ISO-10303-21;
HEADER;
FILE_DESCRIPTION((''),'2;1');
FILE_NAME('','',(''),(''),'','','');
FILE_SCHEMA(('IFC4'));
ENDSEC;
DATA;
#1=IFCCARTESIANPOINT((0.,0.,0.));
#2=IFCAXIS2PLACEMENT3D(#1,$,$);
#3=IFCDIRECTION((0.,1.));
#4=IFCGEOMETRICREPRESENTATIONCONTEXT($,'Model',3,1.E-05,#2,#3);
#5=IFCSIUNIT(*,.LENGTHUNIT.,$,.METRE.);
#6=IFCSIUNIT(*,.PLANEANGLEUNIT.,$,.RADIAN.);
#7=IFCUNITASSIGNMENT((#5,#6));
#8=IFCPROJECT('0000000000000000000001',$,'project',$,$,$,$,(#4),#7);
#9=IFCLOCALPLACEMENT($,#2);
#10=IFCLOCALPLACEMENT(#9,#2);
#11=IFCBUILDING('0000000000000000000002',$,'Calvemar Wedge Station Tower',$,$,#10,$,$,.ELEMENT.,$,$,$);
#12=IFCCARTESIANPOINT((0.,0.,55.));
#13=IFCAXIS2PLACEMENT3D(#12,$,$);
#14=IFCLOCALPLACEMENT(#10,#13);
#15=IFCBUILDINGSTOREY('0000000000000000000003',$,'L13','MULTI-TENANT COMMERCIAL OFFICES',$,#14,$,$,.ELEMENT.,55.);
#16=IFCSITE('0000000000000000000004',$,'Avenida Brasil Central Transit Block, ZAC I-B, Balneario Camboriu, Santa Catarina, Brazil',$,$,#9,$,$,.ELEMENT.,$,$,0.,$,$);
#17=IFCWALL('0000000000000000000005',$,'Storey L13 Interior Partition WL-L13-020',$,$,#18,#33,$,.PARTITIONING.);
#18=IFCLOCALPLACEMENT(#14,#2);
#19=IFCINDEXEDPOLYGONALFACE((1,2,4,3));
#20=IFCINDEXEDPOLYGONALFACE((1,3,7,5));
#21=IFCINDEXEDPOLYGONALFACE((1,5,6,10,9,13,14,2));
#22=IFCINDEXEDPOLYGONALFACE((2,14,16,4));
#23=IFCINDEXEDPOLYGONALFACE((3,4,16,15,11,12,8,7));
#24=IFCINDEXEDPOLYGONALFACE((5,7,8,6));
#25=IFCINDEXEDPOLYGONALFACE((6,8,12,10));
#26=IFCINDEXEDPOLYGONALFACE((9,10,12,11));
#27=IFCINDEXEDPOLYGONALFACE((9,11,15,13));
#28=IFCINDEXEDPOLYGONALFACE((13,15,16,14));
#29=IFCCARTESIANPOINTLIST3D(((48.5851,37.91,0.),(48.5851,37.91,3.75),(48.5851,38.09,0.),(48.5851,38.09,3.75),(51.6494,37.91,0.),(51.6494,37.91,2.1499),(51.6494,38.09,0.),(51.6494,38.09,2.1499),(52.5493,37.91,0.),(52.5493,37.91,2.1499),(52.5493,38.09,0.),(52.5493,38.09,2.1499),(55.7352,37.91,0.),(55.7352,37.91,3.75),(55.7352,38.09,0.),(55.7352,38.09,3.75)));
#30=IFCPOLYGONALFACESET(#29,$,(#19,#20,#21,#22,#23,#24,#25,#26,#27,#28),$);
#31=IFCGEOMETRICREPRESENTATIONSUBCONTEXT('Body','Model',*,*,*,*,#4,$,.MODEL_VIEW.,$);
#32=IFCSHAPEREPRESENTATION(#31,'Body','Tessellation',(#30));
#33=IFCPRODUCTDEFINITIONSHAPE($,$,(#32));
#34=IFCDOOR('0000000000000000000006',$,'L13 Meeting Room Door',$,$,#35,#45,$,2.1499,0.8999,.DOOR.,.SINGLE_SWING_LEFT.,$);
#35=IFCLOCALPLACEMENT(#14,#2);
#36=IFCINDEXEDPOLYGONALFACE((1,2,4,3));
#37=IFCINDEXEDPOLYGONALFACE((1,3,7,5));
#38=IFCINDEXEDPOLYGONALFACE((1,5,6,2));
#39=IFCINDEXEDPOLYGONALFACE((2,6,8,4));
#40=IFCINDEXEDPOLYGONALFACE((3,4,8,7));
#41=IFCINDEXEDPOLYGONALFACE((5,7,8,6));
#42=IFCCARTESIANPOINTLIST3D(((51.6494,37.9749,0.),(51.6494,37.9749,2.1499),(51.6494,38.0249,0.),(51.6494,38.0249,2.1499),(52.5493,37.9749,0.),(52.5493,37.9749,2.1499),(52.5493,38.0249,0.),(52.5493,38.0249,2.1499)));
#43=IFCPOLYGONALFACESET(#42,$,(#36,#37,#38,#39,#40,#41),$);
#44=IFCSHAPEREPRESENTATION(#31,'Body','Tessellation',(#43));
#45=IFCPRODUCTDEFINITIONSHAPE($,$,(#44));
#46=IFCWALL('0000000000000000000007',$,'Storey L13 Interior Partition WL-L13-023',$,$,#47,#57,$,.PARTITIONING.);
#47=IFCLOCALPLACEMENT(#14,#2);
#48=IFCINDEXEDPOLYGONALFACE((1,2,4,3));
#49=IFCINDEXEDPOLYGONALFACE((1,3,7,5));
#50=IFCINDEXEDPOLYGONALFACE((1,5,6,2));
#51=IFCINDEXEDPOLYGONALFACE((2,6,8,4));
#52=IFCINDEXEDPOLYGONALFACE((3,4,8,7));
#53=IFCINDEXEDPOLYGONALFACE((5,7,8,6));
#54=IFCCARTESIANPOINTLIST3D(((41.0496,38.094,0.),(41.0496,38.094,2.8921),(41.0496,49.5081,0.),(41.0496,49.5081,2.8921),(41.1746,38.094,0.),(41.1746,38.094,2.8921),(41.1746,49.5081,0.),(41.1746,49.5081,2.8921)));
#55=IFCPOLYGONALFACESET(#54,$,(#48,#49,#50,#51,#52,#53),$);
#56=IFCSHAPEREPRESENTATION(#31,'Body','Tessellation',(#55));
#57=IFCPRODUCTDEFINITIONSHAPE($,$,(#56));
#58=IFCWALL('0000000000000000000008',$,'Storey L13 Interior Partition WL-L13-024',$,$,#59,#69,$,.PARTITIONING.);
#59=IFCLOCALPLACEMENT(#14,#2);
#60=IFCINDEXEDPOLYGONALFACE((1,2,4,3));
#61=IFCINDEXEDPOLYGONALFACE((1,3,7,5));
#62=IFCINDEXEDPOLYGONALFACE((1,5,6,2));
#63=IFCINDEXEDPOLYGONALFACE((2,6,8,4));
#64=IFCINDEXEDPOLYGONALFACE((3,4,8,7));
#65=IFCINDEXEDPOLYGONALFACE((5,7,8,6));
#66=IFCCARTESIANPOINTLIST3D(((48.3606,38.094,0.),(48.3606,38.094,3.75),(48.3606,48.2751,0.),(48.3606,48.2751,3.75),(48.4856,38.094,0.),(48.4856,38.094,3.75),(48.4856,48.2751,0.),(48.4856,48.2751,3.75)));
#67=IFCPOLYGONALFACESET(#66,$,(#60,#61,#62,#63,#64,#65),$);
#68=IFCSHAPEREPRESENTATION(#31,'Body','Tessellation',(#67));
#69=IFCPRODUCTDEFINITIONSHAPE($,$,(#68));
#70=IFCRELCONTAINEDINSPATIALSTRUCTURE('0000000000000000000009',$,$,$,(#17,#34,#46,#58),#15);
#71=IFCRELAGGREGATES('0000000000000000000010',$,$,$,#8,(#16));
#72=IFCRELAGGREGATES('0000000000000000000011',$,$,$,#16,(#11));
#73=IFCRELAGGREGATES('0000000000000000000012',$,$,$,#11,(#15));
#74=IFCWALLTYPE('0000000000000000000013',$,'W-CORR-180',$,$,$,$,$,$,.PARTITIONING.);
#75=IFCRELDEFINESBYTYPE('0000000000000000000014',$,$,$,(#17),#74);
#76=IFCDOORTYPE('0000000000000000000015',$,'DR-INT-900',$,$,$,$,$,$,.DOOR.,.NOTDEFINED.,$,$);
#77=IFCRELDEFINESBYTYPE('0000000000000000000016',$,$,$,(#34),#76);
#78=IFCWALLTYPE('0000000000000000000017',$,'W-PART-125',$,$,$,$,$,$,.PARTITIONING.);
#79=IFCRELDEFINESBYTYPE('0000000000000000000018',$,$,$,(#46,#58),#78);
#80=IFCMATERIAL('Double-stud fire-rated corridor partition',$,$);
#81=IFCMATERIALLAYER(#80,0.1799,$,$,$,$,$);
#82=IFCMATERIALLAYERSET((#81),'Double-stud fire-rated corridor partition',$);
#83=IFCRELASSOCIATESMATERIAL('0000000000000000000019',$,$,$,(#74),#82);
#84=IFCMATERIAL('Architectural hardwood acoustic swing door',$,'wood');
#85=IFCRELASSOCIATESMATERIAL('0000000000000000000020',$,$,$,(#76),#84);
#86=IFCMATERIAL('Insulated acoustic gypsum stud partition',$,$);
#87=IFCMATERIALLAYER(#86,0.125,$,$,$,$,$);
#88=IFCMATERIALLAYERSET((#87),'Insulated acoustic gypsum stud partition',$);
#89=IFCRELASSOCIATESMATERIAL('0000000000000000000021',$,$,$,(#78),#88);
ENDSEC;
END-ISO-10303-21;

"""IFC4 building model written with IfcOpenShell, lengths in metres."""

from ifc_helpers import new_model, si_unit, direction, frame, frame_2d, origin, place, context, subcontext, project, spatial, rectangle, extrude, source, transform, mapped, material, layer, layer_set, type_object, element, fill, save


model = new_model("IFC4")

# Units and contexts
model_context = context("Model", 3, precision=1e-05, world=origin(), true_north=direction((0.0, 1.0)))
body_context = subcontext(model_context, "Body", "Model", "MODEL_VIEW")
ifc_project = project(units=[si_unit("LENGTHUNIT", "METRE"), si_unit("PLANEANGLEUNIT", "RADIAN")], contexts=[model_context])

# Site, building, storey
site_placement = place(None, origin())
site = spatial("IfcSite", under=ifc_project, at=site_placement, Name="Avenida Brasil Central Transit Block, ZAC I-B, Balneario Camboriu, Santa Catarina, Brazil", CompositionType="ELEMENT", RefElevation=0.0)
building_placement = place(site_placement, origin())
building = spatial("IfcBuilding", under=site, at=building_placement, Name="Calvemar Wedge Station Tower", CompositionType="ELEMENT")
storey_placement = place(building_placement, frame((0.0, 0.0, 55.0)))
storey = spatial("IfcBuildingStorey", under=building, at=storey_placement, Name="L13", Description="MULTI-TENANT COMMERCIAL OFFICES", CompositionType="ELEMENT", Elevation=55.0)

# Wall, opening, door
ifc_material_1 = material(Name="Double-stud fire-rated corridor partition")
ifc_layer_1 = layer(ifc_material_1, 0.1799)
ifc_layer_set_1 = layer_set([ifc_layer_1], Name="Double-stud fire-rated corridor partition")
wall_type_1 = type_object("IfcWallType", Name="W-CORR-180", PredefinedType="PARTITIONING", material=ifc_layer_set_1)
shared_shape_1 = source(origin(), body_context, "Body", "SweptSolid", [
    extrude(rectangle(XDim=0.8999, YDim=2.1499, at=frame_2d((0.45, 1.075))), frame((0.0, 0.1001, 0.0), z_axis=(0.0, -1.0, 0.0), x_axis=(1.0, 0.0, 0.0)), (0.0, 0.0, 1.0), 0.2),
])
ifc_material_2 = material(Name="Architectural hardwood acoustic swing door", Category="wood")
door_type = type_object("IfcDoorType", Name="DR-INT-900", OperationType="NOTDEFINED", PredefinedType="DOOR", material=ifc_material_2)
shared_shape_2 = source(origin(), body_context, "Body", "SweptSolid", [
    extrude(rectangle(XDim=0.8999, YDim=2.1499, at=frame_2d((0.45, 1.075))), frame((0.0, 0.0249, 0.0), z_axis=(0.0, -1.0, 0.0), x_axis=(1.0, 0.0, 0.0)), (0.0, 0.0, 1.0), 0.05),
])
wall_1_placement = place(storey_placement, frame((48.585, 38.0, 0.0), z_axis=(0.0, 0.0, 1.0), x_axis=(1.0, 0.0, 0.0)))
wall_1 = element("IfcWall", 1, at=wall_1_placement, inside=storey, type_object=wall_type_1, Name="Storey L13 Interior Partition WL-L13-020", PredefinedType="PARTITIONING", context=body_context, shape_type="SweptSolid", body=[
    extrude(rectangle(XDim=7.1501, YDim=0.1799, at=frame_2d((3.5752, 0.0))), origin(), (0.0, 0.0, 1.0), 3.75),
])
opening_1_placement = place(wall_1_placement, frame((3.0645, 0.0, 0.0)))
opening_1 = element("IfcOpeningElement", 2, at=opening_1_placement, cuts=wall_1, PredefinedType="OPENING", context=body_context, shape_type="MappedRepresentation", body=[
    mapped(shared_shape_1, transform((0.0, 0.0, 0.0), scale=1.0)),
])
door_1_placement = place(opening_1_placement, origin())
door_1 = element("IfcDoor", 3, at=door_1_placement, inside=storey, type_object=door_type, Name="L13 Meeting Room Door", OperationType="SINGLE_SWING_LEFT", OverallHeight=2.1499, OverallWidth=0.8999, PredefinedType="DOOR", context=body_context, shape_type="MappedRepresentation", body=[
    mapped(shared_shape_2, transform((0.0, 0.0, 0.0), scale=1.0)),
])
fill(opening_1, door_1)

# Walls
ifc_material_3 = material(Name="Insulated acoustic gypsum stud partition")
ifc_layer_2 = layer(ifc_material_3, 0.125)
ifc_layer_set_2 = layer_set([ifc_layer_2], Name="Insulated acoustic gypsum stud partition")
wall_type_2 = type_object("IfcWallType", Name="W-PART-125", PredefinedType="PARTITIONING", material=ifc_layer_set_2)
wall_2_placement = place(storey_placement, frame((41.1121, 49.5081, 0.0), z_axis=(0.0, 0.0, 1.0), x_axis=(0.0, -1.0, 0.0)))
element("IfcWall", 4, at=wall_2_placement, inside=storey, type_object=wall_type_2, Name="Storey L13 Interior Partition WL-L13-023", PredefinedType="PARTITIONING", context=body_context, shape_type="SweptSolid", body=[
    extrude(rectangle(XDim=11.4141, YDim=0.125, at=frame_2d((5.707, 0.0))), origin(), (0.0, 0.0, 1.0), 2.8921),
])
wall_3_placement = place(storey_placement, frame((48.4231, 48.2751, 0.0), z_axis=(0.0, 0.0, 1.0), x_axis=(0.0, -1.0, 0.0)))
element("IfcWall", 5, at=wall_3_placement, inside=storey, type_object=wall_type_2, Name="Storey L13 Interior Partition WL-L13-024", PredefinedType="PARTITIONING", context=body_context, shape_type="SweptSolid", body=[
    extrude(rectangle(XDim=10.1812, YDim=0.125, at=frame_2d((5.0906, 0.0))), origin(), (0.0, 0.0, 1.0), 3.75),
])

save(model, "model.ifc")
